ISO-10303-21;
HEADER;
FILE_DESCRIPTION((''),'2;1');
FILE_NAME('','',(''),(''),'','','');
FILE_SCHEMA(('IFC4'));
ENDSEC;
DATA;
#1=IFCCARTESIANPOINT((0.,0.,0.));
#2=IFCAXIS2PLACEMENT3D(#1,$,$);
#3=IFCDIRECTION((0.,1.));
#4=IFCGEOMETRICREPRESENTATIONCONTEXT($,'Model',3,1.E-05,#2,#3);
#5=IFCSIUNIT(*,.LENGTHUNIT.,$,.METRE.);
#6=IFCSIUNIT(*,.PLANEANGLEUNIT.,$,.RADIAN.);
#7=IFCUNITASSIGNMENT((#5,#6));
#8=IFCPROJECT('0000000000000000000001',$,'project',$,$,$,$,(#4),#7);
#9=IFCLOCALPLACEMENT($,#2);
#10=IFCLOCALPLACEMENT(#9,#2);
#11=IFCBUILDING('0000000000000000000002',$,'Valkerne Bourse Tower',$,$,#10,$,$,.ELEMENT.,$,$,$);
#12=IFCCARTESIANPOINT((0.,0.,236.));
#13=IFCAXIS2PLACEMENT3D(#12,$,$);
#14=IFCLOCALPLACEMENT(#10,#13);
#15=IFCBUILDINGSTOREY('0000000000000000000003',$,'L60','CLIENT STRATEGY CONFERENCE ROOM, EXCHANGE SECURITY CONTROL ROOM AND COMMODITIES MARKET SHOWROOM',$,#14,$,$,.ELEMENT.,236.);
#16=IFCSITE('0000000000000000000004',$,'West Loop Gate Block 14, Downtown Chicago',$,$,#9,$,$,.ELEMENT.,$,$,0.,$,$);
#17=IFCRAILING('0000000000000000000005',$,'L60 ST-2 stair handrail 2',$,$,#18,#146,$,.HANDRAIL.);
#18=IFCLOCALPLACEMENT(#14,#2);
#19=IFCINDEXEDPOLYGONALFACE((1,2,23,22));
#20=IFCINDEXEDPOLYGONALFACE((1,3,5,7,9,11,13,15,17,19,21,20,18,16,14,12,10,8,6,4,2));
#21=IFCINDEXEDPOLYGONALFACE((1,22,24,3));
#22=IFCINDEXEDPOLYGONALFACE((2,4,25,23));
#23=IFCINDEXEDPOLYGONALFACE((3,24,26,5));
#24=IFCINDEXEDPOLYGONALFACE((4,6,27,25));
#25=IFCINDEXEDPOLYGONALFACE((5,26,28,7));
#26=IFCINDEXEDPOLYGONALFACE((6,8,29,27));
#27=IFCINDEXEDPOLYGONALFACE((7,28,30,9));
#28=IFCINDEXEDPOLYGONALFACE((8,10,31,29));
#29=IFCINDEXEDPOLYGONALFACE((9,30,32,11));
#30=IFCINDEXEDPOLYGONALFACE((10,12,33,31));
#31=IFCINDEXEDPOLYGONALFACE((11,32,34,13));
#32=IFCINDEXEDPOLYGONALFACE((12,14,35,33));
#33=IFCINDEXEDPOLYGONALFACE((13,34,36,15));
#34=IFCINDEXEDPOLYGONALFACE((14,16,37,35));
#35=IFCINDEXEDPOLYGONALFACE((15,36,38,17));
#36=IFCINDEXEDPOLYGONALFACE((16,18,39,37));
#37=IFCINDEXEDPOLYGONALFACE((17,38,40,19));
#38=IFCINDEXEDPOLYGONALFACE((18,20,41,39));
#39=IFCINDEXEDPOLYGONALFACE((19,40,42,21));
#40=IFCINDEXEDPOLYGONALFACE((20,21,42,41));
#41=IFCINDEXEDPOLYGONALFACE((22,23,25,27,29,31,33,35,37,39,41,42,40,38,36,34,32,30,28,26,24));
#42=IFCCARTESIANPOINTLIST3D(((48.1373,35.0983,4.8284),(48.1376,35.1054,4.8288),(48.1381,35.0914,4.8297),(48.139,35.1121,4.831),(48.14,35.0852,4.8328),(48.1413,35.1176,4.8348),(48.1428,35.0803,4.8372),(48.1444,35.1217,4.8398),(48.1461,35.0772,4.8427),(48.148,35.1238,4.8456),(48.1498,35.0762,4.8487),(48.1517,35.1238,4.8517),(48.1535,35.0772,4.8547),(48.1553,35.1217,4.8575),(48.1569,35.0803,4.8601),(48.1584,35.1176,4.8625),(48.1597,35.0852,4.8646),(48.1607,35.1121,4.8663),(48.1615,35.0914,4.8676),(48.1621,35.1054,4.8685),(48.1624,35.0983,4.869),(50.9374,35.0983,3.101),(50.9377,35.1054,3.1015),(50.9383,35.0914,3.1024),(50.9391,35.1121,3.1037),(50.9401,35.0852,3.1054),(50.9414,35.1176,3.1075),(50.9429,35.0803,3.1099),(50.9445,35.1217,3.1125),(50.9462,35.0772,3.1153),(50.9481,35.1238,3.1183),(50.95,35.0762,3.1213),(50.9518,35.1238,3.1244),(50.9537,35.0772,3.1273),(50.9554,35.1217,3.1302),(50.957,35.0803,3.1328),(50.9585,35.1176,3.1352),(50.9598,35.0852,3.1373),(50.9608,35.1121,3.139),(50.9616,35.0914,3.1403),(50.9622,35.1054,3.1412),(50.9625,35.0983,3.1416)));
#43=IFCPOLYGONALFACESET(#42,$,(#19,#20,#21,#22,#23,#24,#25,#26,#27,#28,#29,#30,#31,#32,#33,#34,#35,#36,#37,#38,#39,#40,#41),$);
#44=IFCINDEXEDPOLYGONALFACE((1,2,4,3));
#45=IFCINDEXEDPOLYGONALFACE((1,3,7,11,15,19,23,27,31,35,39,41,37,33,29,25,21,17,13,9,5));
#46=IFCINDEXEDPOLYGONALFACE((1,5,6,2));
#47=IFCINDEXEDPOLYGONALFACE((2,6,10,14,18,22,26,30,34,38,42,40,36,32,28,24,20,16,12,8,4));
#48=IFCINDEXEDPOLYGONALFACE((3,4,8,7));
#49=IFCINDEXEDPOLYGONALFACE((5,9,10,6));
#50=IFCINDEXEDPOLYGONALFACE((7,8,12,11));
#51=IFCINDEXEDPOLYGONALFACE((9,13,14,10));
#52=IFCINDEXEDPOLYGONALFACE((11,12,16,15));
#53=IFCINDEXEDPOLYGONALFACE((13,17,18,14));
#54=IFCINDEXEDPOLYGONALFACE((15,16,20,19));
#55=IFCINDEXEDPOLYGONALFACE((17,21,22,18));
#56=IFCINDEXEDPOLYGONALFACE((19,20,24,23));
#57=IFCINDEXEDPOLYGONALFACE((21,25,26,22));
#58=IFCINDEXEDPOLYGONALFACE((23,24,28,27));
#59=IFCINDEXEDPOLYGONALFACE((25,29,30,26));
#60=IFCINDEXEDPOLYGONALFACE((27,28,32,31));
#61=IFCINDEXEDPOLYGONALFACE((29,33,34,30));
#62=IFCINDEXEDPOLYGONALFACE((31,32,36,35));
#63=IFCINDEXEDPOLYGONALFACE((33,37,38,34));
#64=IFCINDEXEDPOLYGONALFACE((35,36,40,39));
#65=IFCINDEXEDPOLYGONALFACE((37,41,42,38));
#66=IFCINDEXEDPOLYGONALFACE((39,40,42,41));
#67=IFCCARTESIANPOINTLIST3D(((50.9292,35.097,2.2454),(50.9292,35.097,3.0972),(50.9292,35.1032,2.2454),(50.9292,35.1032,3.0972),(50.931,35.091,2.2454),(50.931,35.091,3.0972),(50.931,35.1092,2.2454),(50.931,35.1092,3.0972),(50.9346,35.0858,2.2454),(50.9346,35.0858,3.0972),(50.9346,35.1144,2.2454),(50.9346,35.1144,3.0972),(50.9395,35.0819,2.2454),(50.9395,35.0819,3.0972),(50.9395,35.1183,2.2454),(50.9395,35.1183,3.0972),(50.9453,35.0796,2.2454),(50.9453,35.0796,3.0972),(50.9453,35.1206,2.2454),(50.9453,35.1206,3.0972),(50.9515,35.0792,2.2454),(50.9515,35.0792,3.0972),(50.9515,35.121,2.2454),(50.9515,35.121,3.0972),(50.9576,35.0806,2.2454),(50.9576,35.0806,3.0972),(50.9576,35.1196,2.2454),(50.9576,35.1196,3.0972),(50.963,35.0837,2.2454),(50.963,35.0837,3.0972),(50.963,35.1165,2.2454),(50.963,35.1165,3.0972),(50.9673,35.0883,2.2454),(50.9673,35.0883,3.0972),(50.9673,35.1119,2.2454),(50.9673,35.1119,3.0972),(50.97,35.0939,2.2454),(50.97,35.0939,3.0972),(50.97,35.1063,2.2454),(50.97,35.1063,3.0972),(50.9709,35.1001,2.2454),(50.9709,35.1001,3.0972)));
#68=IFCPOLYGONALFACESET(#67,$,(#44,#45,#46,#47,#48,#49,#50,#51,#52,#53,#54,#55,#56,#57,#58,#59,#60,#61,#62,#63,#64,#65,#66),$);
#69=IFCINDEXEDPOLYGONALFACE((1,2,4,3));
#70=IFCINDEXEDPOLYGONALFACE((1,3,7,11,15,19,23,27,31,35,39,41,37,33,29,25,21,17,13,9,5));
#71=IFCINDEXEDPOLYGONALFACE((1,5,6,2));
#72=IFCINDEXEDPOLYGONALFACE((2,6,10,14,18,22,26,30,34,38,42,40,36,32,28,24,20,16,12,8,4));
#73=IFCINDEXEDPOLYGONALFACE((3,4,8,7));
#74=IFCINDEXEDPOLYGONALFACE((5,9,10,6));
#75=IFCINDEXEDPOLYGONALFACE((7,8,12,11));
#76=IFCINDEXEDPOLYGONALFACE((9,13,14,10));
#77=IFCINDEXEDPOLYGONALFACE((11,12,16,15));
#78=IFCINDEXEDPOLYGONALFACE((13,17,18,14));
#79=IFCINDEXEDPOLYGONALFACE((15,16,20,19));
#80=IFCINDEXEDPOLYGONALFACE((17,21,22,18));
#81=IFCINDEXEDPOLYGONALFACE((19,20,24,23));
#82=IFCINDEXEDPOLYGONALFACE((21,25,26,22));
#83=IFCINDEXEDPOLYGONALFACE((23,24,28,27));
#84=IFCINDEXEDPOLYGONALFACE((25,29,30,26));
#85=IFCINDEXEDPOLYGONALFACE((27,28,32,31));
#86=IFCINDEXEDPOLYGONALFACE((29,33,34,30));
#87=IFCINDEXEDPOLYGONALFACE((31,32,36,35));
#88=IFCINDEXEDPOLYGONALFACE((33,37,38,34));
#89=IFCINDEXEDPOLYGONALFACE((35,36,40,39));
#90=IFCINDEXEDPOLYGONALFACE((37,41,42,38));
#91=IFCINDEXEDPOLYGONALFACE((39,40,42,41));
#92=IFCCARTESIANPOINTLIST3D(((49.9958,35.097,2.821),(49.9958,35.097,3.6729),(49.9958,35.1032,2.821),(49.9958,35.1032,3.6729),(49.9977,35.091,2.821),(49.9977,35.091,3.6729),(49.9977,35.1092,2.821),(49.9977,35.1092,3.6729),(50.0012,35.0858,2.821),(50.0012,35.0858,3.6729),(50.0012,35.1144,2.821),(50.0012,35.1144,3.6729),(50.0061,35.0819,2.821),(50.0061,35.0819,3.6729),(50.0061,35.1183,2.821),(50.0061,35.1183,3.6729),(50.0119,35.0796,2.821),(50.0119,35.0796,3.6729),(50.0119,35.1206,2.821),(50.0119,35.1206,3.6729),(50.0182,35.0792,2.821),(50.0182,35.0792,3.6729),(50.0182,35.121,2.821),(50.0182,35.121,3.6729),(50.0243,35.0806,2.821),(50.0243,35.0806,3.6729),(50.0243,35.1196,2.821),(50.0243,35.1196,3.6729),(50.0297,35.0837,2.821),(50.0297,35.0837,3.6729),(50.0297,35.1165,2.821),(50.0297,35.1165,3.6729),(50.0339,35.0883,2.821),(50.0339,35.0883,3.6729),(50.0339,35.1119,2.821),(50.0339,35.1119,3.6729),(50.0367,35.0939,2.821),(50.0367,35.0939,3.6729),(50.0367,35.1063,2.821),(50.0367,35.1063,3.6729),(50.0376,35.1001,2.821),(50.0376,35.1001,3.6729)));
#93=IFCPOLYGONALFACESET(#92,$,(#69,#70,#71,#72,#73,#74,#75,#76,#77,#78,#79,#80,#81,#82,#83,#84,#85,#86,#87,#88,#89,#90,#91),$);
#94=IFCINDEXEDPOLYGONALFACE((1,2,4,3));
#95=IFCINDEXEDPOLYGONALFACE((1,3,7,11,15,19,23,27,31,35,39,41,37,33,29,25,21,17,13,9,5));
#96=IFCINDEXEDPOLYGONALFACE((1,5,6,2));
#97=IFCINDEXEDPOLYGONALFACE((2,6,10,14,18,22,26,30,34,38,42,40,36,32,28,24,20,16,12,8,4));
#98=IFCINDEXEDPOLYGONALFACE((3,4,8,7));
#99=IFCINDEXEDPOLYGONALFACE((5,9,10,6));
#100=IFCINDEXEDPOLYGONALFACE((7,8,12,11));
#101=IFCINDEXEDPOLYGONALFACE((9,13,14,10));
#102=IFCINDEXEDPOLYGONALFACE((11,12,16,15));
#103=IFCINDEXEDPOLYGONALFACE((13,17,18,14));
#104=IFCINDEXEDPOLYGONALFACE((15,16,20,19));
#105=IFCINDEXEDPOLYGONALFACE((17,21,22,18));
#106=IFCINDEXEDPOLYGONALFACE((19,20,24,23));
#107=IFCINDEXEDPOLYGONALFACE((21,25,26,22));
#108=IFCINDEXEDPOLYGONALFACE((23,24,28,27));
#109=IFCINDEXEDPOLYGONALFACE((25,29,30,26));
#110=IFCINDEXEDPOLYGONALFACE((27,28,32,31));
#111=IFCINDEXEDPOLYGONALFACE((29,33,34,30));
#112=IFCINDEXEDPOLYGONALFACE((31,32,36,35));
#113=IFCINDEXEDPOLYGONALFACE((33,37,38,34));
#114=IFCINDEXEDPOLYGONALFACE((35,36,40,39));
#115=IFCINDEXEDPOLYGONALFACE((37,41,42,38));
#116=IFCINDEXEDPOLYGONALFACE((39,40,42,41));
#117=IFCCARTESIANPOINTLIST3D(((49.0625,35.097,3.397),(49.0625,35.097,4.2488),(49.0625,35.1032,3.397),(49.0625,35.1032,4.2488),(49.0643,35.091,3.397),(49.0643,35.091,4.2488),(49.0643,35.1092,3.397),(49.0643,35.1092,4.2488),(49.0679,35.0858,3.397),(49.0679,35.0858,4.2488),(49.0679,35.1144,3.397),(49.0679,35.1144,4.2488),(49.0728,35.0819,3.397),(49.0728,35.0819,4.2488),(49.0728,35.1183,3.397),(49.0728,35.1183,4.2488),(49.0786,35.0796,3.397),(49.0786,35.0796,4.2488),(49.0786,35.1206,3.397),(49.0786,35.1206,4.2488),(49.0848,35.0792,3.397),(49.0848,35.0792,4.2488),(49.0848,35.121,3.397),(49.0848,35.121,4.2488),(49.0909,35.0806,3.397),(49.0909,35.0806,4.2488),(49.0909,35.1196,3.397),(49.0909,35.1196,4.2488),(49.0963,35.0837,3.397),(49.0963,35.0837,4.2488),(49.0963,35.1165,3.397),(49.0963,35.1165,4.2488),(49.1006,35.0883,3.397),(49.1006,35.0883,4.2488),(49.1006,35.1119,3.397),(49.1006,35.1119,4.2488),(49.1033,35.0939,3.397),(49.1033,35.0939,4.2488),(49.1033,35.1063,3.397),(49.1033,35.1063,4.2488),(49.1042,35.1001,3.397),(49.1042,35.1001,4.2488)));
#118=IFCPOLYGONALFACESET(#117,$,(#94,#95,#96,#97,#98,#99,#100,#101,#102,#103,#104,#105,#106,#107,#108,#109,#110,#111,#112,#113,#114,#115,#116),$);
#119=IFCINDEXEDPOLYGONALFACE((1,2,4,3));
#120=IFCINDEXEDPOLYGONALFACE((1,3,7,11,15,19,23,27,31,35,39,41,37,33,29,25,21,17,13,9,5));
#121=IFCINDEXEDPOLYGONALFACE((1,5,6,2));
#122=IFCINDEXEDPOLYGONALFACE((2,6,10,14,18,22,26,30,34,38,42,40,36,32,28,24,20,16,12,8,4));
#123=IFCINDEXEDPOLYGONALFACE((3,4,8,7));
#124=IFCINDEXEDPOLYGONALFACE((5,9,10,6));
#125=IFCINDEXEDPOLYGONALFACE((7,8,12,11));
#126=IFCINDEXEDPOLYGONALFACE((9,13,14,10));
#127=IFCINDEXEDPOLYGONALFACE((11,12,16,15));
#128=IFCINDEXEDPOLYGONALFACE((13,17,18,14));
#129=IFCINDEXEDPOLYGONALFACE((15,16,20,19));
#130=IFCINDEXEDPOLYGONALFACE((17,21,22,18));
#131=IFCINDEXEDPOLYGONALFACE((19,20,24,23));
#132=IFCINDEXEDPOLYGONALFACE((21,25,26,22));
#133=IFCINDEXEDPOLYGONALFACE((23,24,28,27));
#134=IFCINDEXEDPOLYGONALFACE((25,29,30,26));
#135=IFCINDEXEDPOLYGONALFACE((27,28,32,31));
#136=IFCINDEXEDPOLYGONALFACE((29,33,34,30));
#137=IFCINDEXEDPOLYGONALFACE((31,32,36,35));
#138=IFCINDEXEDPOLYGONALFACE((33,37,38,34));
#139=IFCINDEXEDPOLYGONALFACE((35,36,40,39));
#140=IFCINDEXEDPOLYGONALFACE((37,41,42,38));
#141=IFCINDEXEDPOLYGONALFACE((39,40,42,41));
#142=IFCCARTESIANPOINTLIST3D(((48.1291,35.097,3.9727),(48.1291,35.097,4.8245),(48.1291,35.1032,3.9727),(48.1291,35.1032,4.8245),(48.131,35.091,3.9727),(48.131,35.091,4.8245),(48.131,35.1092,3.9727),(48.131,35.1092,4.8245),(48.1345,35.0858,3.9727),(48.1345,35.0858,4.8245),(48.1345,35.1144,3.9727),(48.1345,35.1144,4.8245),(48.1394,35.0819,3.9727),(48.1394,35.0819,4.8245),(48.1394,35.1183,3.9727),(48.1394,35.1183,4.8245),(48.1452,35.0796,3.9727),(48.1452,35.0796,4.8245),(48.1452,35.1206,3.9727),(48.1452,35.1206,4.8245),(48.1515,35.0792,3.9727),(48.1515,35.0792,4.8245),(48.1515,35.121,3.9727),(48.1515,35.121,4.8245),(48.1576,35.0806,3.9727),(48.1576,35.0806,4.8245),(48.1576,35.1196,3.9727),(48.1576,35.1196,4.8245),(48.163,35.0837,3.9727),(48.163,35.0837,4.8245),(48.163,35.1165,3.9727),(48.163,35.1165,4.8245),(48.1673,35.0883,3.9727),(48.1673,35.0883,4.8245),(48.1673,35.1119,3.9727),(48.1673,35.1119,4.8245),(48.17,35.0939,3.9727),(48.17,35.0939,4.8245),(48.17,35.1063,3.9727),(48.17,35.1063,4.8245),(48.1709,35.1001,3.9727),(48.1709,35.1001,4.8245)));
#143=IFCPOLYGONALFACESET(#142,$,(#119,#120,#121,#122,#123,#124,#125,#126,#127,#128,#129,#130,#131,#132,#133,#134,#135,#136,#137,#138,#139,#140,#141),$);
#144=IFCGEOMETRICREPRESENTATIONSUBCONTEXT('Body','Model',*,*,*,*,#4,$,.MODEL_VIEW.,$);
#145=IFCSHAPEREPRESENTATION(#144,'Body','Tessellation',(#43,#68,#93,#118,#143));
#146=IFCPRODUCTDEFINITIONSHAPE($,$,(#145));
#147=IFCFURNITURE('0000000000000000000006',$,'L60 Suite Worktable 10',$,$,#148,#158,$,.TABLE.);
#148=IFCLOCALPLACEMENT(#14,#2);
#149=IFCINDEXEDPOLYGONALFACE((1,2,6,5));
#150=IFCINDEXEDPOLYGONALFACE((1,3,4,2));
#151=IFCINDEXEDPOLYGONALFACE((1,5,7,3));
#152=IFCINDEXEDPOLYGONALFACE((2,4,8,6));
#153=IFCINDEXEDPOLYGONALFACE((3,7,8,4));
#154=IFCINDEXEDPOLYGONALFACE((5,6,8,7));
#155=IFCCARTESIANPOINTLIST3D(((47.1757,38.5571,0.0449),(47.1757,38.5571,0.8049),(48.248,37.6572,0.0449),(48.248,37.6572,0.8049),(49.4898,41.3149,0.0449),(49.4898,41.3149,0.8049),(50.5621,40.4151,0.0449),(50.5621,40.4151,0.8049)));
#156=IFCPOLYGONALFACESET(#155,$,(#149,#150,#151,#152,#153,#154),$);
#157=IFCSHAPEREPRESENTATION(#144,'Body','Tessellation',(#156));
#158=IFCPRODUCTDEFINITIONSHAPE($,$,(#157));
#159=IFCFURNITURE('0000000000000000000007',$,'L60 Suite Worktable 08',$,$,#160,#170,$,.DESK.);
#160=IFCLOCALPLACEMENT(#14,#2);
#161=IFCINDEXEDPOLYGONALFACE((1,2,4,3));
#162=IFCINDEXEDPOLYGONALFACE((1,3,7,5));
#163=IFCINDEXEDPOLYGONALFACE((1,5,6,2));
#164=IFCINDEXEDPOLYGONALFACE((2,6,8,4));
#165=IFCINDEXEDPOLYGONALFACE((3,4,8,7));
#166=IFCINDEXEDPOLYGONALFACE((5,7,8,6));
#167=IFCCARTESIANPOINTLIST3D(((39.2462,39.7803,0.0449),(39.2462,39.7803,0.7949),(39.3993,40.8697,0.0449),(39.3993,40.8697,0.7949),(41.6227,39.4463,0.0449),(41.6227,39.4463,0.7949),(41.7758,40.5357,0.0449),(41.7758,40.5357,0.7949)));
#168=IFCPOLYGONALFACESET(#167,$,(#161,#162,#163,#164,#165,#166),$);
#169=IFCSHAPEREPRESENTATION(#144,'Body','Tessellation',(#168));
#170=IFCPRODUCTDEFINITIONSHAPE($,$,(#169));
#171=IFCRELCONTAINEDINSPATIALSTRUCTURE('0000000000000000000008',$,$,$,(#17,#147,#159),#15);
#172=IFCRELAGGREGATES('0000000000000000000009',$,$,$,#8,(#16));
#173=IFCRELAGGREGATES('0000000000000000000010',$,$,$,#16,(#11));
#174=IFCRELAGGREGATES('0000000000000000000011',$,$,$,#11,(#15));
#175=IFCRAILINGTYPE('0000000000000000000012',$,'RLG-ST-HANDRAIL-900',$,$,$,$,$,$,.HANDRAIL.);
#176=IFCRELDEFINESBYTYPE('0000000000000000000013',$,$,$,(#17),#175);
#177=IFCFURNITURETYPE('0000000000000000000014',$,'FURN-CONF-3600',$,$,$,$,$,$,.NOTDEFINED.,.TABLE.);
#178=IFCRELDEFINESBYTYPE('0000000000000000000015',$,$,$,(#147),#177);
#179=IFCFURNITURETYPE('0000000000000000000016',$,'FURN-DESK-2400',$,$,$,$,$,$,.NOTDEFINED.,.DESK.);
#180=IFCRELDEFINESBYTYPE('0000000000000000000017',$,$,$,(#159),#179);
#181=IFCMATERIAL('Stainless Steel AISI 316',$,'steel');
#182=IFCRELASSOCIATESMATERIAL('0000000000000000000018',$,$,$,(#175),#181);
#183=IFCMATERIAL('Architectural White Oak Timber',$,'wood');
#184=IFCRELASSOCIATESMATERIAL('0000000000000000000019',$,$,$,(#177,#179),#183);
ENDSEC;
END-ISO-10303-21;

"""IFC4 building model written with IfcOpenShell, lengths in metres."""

from ifc_helpers import new_model, si_unit, direction, frame, origin, origin_2d, place, context, subcontext, project, spatial, rectangle, circle, extrude, material, type_object, element, save


model = new_model("IFC4")

# Units and contexts
model_context = context("Model", 3, precision=1e-05, world=origin(), true_north=direction((0.0, 1.0)))
body_context = subcontext(model_context, "Body", "Model", "MODEL_VIEW")
ifc_project = project(units=[si_unit("LENGTHUNIT", "METRE"), si_unit("PLANEANGLEUNIT", "RADIAN")], contexts=[model_context])

# Site, building, storey
site_placement = place(None, origin())
site = spatial("IfcSite", under=ifc_project, at=site_placement, Name="West Loop Gate Block 14, Downtown Chicago", CompositionType="ELEMENT", RefElevation=0.0)
building_placement = place(site_placement, origin())
building = spatial("IfcBuilding", under=site, at=building_placement, Name="Valkerne Bourse Tower", CompositionType="ELEMENT")
storey_placement = place(building_placement, frame((0.0, 0.0, 236.0)))
storey = spatial("IfcBuildingStorey", under=building, at=storey_placement, Name="L60", Description="CLIENT STRATEGY CONFERENCE ROOM, EXCHANGE SECURITY CONTROL ROOM AND COMMODITIES MARKET SHOWROOM", CompositionType="ELEMENT", Elevation=236.0)

# Railing
ifc_material_1 = material(Name="Stainless Steel AISI 316", Category="steel")
railing_type_1 = type_object("IfcRailingType", Name="RLG-ST-HANDRAIL-900", PredefinedType="HANDRAIL", material=ifc_material_1)
railing_1_placement = place(storey_placement, frame((50.95, 35.1001, 2.2454)))
element("IfcRailing", 1, at=railing_1_placement, inside=storey, type_object=railing_type_1, Name="L60 ST-2 stair handrail 2", PredefinedType="HANDRAIL", context=body_context, shape_type="SweptSolid", body=[
    extrude(circle(Radius=0.0239, at=origin_2d()), frame((0.0, 0.0, 0.876), z_axis=(-0.85109, 0.0, 0.52502), x_axis=(0.0, -1.0, 0.0)), (0.0, 0.0, 1.0), 3.29),
    extrude(circle(Radius=0.021, at=origin_2d()), origin(), (0.0, 0.0, 1.0), 0.8518),
    extrude(circle(Radius=0.021, at=origin_2d()), frame((-0.9333, 0.0, 0.5757)), (0.0, 0.0, 1.0), 0.8518),
    extrude(circle(Radius=0.021, at=origin_2d()), frame((-1.8667, 0.0, 1.1516)), (0.0, 0.0, 1.0), 0.8518),
    extrude(circle(Radius=0.021, at=origin_2d()), frame((-2.8, 0.0, 1.7273)), (0.0, 0.0, 1.0), 0.8518),
])

# Furniture
ifc_material_2 = material(Name="Architectural White Oak Timber", Category="wood")
furniture_type_1 = type_object("IfcFurnitureType", Name="FURN-CONF-3600", AssemblyPlace="NOTDEFINED", PredefinedType="TABLE", material=ifc_material_2)
furniture_1_placement = place(storey_placement, frame((48.8689, 39.4861, 0.0449), z_axis=(0.0, 0.0, 1.0), x_axis=(0.642788, 0.766044, 0.0)))
element("IfcFurniture", 2, at=furniture_1_placement, inside=storey, type_object=furniture_type_1, Name="L60 Suite Worktable 10", PredefinedType="TABLE", context=body_context, shape_type="SweptSolid", body=[
    extrude(rectangle(XDim=3.6001, YDim=1.3999, at=origin_2d()), origin(), (0.0, 0.0, 1.0), 0.76),
])
furniture_type_2 = type_object("IfcFurnitureType", Name="FURN-DESK-2400", AssemblyPlace="NOTDEFINED", PredefinedType="DESK", material=ifc_material_2)
furniture_2_placement = place(storey_placement, frame((40.511, 40.158, 0.0449), z_axis=(0.0, 0.0, 1.0), x_axis=(-0.990268, 0.139173, 0.0)))
element("IfcFurniture", 3, at=furniture_2_placement, inside=storey, type_object=furniture_type_2, Name="L60 Suite Worktable 08", PredefinedType="DESK", context=body_context, shape_type="SweptSolid", body=[
    extrude(rectangle(XDim=2.3999, YDim=1.1001, at=origin_2d()), origin(), (0.0, 0.0, 1.0), 0.75),
])

save(model, "model.ifc")
